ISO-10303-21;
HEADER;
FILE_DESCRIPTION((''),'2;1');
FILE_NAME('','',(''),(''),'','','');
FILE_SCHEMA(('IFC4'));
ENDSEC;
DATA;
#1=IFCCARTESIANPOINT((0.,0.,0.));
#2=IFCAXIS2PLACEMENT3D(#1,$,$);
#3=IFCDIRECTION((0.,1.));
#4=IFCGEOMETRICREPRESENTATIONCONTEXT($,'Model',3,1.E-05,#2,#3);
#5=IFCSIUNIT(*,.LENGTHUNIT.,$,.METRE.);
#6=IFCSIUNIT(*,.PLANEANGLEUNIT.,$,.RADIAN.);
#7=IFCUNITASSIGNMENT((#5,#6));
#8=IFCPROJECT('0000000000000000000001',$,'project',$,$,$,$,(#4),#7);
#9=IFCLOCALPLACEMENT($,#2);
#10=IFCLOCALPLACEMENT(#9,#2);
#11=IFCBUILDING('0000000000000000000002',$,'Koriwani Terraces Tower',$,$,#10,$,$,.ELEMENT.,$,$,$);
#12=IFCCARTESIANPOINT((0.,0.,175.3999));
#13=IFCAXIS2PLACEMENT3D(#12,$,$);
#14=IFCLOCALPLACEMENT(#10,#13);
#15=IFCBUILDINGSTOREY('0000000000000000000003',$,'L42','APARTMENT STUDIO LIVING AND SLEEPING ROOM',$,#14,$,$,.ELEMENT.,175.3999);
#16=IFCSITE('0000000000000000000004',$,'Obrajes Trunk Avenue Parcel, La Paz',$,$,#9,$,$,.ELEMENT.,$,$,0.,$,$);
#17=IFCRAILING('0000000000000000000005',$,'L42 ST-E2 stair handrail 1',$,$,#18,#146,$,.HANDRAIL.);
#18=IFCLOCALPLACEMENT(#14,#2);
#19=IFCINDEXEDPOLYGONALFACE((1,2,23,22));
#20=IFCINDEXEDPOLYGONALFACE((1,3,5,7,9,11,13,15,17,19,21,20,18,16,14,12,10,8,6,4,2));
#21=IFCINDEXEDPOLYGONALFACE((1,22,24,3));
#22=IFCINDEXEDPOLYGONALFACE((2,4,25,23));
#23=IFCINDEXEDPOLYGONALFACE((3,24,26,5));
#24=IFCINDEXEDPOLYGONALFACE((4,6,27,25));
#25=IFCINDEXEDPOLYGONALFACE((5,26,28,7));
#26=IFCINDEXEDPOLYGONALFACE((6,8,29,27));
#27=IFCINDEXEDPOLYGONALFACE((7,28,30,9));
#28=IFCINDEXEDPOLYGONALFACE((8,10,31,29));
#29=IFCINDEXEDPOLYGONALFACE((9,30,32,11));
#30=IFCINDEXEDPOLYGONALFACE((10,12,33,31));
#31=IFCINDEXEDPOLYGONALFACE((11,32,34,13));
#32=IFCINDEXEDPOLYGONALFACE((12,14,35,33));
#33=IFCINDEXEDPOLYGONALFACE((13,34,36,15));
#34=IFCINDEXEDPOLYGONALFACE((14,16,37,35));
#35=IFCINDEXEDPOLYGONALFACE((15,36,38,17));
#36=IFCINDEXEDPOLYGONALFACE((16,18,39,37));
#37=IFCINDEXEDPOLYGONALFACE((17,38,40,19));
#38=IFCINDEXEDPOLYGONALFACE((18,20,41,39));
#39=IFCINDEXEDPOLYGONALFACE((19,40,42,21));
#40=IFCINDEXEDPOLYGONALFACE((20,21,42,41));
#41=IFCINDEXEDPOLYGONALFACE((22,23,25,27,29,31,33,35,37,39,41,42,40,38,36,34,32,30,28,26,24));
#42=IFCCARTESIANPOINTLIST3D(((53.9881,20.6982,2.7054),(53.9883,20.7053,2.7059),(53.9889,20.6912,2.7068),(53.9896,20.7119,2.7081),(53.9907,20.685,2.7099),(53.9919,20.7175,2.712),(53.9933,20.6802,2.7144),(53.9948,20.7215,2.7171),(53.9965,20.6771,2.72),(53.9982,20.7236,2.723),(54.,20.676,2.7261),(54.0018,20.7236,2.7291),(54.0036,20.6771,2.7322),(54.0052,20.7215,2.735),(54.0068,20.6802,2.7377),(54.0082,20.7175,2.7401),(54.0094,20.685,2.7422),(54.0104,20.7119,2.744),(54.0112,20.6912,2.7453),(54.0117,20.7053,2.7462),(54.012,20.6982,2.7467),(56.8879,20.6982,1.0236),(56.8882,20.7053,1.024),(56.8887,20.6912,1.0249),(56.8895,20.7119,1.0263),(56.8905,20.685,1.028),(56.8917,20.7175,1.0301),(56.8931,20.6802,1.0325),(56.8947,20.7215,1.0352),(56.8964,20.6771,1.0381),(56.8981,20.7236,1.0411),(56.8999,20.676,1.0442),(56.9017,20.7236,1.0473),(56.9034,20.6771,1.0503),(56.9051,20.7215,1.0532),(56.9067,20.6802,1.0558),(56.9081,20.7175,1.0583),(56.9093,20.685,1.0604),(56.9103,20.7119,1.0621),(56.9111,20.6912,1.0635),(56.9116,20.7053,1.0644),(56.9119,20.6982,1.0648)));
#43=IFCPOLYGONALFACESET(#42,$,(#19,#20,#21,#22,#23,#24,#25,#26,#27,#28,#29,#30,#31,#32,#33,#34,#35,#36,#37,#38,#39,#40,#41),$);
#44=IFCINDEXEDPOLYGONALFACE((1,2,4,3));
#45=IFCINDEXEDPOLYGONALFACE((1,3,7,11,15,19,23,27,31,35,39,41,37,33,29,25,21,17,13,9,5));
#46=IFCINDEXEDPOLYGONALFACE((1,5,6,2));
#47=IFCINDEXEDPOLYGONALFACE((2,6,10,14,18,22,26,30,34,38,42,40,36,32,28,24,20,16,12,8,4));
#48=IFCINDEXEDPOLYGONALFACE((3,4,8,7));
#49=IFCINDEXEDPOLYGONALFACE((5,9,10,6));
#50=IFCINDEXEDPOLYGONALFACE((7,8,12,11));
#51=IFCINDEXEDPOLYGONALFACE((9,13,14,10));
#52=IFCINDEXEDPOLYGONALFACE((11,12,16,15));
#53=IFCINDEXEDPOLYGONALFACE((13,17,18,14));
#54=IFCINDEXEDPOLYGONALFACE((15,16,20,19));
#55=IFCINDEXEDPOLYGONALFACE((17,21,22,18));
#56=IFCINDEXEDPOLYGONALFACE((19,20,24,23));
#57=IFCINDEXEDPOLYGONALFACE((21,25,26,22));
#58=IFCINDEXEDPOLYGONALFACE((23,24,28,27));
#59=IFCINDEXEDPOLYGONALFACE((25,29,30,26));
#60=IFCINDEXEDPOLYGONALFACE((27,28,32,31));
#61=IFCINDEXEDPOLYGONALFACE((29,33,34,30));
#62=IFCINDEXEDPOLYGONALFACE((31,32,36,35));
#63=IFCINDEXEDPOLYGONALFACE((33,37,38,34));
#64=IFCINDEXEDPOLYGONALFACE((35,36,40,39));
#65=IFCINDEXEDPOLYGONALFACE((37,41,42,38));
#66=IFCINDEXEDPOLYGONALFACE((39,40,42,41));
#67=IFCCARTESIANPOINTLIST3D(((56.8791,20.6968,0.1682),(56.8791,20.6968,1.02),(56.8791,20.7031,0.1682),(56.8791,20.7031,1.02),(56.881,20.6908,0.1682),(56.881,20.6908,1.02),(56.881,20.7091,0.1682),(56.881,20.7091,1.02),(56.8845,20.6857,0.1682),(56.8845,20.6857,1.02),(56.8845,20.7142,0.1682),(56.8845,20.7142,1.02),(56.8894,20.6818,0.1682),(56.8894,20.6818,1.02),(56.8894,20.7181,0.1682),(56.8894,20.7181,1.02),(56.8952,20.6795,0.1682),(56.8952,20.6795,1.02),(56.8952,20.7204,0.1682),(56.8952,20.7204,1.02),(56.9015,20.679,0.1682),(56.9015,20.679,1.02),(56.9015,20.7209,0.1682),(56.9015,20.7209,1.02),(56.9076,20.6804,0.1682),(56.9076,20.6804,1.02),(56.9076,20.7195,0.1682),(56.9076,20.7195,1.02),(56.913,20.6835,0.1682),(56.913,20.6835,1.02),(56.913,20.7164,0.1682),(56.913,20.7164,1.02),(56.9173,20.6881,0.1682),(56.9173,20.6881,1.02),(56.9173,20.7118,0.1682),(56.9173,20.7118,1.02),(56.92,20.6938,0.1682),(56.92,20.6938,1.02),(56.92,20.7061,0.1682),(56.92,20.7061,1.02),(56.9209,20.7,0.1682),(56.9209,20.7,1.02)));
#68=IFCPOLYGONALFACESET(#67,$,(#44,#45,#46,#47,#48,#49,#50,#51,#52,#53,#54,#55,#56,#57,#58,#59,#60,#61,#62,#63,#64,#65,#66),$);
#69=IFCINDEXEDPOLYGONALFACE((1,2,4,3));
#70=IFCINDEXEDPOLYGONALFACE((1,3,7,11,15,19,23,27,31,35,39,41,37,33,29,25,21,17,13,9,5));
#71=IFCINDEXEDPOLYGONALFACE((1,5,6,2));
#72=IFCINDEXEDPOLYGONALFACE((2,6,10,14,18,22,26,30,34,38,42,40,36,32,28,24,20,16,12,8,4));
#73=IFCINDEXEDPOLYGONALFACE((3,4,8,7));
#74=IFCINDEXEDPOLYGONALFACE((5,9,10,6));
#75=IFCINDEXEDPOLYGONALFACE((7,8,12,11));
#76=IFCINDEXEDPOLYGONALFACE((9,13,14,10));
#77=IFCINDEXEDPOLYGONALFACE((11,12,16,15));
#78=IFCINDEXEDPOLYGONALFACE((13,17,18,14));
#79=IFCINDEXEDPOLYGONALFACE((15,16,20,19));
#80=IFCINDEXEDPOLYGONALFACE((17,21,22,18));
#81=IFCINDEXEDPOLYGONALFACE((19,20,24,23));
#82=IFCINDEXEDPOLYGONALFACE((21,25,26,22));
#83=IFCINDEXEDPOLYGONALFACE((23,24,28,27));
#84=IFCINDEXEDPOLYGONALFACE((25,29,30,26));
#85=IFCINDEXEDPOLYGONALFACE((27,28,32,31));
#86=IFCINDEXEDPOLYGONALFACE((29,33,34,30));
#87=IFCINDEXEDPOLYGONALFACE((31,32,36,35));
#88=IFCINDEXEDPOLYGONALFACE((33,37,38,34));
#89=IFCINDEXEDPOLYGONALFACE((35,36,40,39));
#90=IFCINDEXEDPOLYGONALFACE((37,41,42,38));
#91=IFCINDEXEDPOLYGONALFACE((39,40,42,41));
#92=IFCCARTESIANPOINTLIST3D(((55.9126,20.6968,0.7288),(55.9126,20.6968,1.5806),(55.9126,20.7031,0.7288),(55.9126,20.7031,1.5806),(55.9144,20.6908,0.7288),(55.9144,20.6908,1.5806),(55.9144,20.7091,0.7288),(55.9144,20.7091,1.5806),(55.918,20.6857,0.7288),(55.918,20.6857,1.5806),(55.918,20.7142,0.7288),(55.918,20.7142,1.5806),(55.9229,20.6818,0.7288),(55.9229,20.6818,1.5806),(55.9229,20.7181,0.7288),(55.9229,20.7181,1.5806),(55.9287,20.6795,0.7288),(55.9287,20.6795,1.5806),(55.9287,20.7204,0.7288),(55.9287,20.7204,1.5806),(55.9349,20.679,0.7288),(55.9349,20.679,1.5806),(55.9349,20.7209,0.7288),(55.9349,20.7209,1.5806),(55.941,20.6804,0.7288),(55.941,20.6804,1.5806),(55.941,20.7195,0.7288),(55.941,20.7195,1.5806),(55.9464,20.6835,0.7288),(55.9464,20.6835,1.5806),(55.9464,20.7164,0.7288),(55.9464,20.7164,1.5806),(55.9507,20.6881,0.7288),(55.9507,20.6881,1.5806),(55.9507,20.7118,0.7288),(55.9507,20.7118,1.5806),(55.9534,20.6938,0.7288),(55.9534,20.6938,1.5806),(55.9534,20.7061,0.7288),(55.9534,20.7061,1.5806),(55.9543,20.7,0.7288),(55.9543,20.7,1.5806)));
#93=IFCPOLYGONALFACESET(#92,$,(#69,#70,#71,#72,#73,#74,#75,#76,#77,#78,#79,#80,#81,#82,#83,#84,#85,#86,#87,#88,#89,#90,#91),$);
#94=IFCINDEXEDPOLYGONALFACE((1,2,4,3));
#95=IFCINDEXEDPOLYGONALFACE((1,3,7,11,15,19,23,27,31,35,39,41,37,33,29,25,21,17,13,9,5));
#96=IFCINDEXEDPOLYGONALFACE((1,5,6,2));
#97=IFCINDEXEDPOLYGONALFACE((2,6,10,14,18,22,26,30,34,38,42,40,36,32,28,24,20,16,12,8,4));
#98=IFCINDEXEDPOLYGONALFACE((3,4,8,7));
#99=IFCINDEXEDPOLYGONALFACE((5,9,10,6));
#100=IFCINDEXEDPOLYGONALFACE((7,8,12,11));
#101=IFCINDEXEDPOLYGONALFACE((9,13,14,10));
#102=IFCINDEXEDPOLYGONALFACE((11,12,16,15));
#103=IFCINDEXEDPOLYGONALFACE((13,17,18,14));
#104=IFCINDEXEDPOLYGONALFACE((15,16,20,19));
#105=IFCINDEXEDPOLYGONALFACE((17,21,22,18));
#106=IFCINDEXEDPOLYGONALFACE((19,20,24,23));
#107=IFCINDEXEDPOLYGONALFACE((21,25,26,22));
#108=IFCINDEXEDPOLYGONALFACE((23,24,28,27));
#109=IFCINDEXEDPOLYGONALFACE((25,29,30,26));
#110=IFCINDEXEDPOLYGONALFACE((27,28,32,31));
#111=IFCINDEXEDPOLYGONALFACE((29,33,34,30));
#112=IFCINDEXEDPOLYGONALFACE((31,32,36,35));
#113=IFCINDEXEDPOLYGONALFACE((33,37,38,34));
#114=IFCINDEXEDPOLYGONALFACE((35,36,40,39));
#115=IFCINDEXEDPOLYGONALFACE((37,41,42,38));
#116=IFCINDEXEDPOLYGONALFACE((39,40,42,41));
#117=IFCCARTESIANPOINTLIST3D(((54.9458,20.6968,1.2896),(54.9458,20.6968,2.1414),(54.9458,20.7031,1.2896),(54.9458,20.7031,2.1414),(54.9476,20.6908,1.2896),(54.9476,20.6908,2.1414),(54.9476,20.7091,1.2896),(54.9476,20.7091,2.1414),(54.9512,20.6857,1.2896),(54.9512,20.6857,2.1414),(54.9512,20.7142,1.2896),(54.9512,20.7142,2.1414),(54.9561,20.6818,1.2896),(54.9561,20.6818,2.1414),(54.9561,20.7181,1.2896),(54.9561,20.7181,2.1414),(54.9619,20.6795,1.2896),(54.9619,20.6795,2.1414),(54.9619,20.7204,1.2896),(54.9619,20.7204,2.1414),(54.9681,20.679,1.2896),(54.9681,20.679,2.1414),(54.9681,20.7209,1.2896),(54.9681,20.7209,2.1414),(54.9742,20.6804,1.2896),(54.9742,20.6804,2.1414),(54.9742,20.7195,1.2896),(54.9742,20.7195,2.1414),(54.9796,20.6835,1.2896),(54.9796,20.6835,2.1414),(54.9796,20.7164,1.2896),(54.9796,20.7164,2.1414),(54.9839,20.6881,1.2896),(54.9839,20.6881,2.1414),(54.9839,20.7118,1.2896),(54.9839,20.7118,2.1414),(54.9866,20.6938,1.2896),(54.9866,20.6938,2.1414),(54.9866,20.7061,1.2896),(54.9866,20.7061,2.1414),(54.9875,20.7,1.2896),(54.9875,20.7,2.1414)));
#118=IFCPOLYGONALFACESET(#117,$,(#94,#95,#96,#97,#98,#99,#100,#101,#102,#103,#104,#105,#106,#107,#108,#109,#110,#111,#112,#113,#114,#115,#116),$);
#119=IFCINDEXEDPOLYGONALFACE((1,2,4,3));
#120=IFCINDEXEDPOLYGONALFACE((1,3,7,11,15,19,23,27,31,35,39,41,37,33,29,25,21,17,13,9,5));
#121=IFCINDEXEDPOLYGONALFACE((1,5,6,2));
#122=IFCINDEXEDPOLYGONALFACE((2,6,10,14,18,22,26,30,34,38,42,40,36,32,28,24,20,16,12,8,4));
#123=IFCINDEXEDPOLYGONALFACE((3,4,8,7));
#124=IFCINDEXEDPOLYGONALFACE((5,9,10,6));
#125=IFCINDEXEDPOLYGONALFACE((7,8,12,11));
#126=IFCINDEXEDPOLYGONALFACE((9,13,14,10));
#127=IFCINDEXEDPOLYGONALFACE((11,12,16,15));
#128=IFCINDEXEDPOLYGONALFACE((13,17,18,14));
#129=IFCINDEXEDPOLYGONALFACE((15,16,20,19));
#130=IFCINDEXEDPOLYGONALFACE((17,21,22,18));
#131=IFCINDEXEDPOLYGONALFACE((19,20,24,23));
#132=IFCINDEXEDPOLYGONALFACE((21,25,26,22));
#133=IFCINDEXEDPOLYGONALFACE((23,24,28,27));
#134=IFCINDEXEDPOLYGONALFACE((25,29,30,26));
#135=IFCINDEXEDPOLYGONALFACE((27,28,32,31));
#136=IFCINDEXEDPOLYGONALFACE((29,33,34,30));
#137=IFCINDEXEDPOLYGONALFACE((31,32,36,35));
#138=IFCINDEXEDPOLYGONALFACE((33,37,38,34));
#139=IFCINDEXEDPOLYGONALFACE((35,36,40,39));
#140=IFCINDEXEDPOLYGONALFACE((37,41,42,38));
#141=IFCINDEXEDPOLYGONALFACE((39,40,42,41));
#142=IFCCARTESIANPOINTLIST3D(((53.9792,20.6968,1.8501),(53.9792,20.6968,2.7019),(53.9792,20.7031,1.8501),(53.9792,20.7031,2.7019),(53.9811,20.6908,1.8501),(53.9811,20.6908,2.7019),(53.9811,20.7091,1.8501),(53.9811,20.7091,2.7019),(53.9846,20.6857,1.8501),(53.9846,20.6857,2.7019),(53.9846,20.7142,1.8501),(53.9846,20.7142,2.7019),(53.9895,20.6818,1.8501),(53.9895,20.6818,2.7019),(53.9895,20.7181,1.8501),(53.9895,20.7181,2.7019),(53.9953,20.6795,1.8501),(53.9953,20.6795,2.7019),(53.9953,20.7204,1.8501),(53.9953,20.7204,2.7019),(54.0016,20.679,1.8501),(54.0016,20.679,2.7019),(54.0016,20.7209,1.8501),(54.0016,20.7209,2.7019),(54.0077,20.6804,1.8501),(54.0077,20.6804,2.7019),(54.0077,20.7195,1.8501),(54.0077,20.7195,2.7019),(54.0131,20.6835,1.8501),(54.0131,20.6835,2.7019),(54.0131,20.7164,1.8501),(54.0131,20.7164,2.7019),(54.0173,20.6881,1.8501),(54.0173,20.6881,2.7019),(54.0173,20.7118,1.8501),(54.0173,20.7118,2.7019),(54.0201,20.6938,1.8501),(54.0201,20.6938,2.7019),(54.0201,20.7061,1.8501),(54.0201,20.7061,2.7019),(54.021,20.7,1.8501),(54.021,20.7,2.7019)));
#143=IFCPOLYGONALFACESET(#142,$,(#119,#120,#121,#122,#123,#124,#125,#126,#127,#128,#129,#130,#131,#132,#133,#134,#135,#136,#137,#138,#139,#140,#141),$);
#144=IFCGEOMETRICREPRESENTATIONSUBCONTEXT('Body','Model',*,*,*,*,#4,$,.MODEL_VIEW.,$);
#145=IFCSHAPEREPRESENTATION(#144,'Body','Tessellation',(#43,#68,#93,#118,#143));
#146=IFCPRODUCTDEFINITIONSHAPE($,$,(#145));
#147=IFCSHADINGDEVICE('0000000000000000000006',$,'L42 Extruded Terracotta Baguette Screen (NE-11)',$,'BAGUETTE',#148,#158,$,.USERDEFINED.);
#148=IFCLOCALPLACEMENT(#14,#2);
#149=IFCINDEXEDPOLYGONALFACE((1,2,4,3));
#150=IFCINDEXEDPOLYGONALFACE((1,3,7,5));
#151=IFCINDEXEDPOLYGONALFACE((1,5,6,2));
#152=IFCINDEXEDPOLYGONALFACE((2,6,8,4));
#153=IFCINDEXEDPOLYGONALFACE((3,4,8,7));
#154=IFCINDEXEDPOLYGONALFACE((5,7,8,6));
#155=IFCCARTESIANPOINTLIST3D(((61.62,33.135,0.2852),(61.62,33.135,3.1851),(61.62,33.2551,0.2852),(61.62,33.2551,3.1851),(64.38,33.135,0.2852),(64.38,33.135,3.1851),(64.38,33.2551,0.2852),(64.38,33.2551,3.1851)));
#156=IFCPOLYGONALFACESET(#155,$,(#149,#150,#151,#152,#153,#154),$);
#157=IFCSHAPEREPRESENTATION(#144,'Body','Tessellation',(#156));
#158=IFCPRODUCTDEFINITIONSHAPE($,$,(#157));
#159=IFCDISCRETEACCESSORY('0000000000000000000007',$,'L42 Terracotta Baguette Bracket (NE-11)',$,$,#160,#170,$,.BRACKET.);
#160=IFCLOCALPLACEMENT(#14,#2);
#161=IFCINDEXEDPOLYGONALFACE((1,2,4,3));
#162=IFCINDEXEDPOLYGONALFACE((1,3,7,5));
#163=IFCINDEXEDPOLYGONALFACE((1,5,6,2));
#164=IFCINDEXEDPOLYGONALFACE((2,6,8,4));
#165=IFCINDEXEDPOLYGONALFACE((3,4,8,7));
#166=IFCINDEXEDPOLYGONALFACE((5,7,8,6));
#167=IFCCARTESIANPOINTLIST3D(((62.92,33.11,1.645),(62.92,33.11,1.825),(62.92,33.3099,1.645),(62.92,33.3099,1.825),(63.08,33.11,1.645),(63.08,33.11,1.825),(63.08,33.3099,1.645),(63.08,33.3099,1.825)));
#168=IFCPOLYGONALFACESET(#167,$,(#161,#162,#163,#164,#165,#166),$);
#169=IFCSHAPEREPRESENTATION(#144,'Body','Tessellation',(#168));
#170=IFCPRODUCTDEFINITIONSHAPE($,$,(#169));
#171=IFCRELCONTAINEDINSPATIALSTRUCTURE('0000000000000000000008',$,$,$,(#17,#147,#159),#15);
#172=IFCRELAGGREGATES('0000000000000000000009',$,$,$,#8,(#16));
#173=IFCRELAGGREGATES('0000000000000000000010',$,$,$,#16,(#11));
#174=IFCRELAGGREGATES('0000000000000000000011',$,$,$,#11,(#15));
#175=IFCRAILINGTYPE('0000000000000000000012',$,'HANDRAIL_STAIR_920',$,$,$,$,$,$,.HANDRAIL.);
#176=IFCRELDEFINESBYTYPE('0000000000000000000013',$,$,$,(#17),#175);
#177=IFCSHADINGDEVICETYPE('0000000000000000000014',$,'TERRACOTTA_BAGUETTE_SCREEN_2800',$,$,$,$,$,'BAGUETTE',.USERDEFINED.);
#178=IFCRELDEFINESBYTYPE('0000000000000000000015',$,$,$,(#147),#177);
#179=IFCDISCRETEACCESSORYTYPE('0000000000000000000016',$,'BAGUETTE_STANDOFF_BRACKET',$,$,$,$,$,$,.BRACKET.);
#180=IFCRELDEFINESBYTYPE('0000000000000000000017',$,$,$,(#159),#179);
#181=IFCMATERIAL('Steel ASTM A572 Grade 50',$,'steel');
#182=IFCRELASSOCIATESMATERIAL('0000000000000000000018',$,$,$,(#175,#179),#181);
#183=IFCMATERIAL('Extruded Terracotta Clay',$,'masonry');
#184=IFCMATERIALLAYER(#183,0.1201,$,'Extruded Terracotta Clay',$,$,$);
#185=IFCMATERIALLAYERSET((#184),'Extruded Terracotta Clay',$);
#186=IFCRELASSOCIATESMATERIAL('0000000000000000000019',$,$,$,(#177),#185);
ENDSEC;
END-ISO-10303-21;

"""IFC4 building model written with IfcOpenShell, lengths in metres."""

from ifc_helpers import new_model, si_unit, direction, frame, origin, origin_2d, place, context, subcontext, project, spatial, rectangle, circle, extrude, material, layer, layer_set, type_object, element, save


model = new_model("IFC4")

# Units and contexts
model_context = context("Model", 3, precision=1e-05, world=origin(), true_north=direction((0.0, 1.0)))
body_context = subcontext(model_context, "Body", "Model", "MODEL_VIEW")
ifc_project = project(units=[si_unit("LENGTHUNIT", "METRE"), si_unit("PLANEANGLEUNIT", "RADIAN")], contexts=[model_context])

# Site, building, storey
site_placement = place(None, origin())
site = spatial("IfcSite", under=ifc_project, at=site_placement, Name="Obrajes Trunk Avenue Parcel, La Paz", CompositionType="ELEMENT", RefElevation=0.0)
building_placement = place(site_placement, origin())
building = spatial("IfcBuilding", under=site, at=building_placement, Name="Koriwani Terraces Tower", CompositionType="ELEMENT")
storey_placement = place(building_placement, frame((0.0, 0.0, 175.3999)))
storey = spatial("IfcBuildingStorey", under=building, at=storey_placement, Name="L42", Description="APARTMENT STUDIO LIVING AND SLEEPING ROOM", CompositionType="ELEMENT", Elevation=175.3999)

# Shared definitions
ifc_material_1 = material(Name="Steel ASTM A572 Grade 50", Category="steel")

# Railing
railing_type_1 = type_object("IfcRailingType", Name="HANDRAIL_STAIR_920", PredefinedType="HANDRAIL", material=ifc_material_1)
railing_1_placement = place(storey_placement, frame((56.8999, 20.7, 0.1682)))
element("IfcRailing", 1, at=railing_1_placement, inside=storey, type_object=railing_type_1, Name="L42 ST-E2 stair handrail 1", PredefinedType="HANDRAIL", context=body_context, shape_type="SweptSolid", body=[
    extrude(circle(Radius=0.0239, at=origin_2d()), frame((0.0, 0.0, 0.876), z_axis=(-0.865039, 0.0, 0.501705), x_axis=(0.0, -1.0, 0.0)), (0.0, 0.0, 1.0), 3.3523),
    extrude(circle(Radius=0.021, at=origin_2d()), origin(), (0.0, 0.0, 1.0), 0.8518),
    extrude(circle(Radius=0.021, at=origin_2d()), frame((-0.9666, 0.0, 0.5605)), (0.0, 0.0, 1.0), 0.8518),
    extrude(circle(Radius=0.021, at=origin_2d()), frame((-1.9333, 0.0, 1.1213)), (0.0, 0.0, 1.0), 0.8518),
    extrude(circle(Radius=0.021, at=origin_2d()), frame((-2.8999, 0.0, 1.6819)), (0.0, 0.0, 1.0), 0.8518),
])

# Shading device
ifc_material_2 = material(Name="Extruded Terracotta Clay", Category="masonry")
ifc_layer_1 = layer(ifc_material_2, 0.1201, Name="Extruded Terracotta Clay")
ifc_layer_set_1 = layer_set([ifc_layer_1], Name="Extruded Terracotta Clay")
shading_device_type = type_object("IfcShadingDeviceType", Name="TERRACOTTA_BAGUETTE_SCREEN_2800", ElementType="BAGUETTE", PredefinedType="USERDEFINED", material=ifc_layer_set_1)
shading_device_placement = place(storey_placement, frame((63.0, 33.1951, 0.2852), z_axis=(0.0, 0.0, 1.0), x_axis=(1.0, 0.0, 0.0)))
element("IfcShadingDevice", 2, at=shading_device_placement, inside=storey, type_object=shading_device_type, Name="L42 Extruded Terracotta Baguette Screen (NE-11)", ObjectType="BAGUETTE", PredefinedType="USERDEFINED", context=body_context, shape_type="SweptSolid", body=[
    extrude(rectangle(XDim=2.76, YDim=0.1201, at=origin_2d()), origin(), (0.0, 0.0, 1.0), 2.8999),
])

# Discrete accessory
discrete_accessory_type = type_object("IfcDiscreteAccessoryType", Name="BAGUETTE_STANDOFF_BRACKET", PredefinedType="BRACKET", material=ifc_material_1)
discrete_accessory_placement = place(storey_placement, frame((63.0, 33.21, 1.645), z_axis=(0.0, 0.0, 1.0), x_axis=(1.0, 0.0, 0.0)))
element("IfcDiscreteAccessory", 3, at=discrete_accessory_placement, inside=storey, type_object=discrete_accessory_type, Name="L42 Terracotta Baguette Bracket (NE-11)", PredefinedType="BRACKET", context=body_context, shape_type="SweptSolid", body=[
    extrude(rectangle(XDim=0.1599, YDim=0.2, at=origin_2d()), origin(), (0.0, 0.0, 1.0), 0.1799),
])

save(model, "model.ifc")
